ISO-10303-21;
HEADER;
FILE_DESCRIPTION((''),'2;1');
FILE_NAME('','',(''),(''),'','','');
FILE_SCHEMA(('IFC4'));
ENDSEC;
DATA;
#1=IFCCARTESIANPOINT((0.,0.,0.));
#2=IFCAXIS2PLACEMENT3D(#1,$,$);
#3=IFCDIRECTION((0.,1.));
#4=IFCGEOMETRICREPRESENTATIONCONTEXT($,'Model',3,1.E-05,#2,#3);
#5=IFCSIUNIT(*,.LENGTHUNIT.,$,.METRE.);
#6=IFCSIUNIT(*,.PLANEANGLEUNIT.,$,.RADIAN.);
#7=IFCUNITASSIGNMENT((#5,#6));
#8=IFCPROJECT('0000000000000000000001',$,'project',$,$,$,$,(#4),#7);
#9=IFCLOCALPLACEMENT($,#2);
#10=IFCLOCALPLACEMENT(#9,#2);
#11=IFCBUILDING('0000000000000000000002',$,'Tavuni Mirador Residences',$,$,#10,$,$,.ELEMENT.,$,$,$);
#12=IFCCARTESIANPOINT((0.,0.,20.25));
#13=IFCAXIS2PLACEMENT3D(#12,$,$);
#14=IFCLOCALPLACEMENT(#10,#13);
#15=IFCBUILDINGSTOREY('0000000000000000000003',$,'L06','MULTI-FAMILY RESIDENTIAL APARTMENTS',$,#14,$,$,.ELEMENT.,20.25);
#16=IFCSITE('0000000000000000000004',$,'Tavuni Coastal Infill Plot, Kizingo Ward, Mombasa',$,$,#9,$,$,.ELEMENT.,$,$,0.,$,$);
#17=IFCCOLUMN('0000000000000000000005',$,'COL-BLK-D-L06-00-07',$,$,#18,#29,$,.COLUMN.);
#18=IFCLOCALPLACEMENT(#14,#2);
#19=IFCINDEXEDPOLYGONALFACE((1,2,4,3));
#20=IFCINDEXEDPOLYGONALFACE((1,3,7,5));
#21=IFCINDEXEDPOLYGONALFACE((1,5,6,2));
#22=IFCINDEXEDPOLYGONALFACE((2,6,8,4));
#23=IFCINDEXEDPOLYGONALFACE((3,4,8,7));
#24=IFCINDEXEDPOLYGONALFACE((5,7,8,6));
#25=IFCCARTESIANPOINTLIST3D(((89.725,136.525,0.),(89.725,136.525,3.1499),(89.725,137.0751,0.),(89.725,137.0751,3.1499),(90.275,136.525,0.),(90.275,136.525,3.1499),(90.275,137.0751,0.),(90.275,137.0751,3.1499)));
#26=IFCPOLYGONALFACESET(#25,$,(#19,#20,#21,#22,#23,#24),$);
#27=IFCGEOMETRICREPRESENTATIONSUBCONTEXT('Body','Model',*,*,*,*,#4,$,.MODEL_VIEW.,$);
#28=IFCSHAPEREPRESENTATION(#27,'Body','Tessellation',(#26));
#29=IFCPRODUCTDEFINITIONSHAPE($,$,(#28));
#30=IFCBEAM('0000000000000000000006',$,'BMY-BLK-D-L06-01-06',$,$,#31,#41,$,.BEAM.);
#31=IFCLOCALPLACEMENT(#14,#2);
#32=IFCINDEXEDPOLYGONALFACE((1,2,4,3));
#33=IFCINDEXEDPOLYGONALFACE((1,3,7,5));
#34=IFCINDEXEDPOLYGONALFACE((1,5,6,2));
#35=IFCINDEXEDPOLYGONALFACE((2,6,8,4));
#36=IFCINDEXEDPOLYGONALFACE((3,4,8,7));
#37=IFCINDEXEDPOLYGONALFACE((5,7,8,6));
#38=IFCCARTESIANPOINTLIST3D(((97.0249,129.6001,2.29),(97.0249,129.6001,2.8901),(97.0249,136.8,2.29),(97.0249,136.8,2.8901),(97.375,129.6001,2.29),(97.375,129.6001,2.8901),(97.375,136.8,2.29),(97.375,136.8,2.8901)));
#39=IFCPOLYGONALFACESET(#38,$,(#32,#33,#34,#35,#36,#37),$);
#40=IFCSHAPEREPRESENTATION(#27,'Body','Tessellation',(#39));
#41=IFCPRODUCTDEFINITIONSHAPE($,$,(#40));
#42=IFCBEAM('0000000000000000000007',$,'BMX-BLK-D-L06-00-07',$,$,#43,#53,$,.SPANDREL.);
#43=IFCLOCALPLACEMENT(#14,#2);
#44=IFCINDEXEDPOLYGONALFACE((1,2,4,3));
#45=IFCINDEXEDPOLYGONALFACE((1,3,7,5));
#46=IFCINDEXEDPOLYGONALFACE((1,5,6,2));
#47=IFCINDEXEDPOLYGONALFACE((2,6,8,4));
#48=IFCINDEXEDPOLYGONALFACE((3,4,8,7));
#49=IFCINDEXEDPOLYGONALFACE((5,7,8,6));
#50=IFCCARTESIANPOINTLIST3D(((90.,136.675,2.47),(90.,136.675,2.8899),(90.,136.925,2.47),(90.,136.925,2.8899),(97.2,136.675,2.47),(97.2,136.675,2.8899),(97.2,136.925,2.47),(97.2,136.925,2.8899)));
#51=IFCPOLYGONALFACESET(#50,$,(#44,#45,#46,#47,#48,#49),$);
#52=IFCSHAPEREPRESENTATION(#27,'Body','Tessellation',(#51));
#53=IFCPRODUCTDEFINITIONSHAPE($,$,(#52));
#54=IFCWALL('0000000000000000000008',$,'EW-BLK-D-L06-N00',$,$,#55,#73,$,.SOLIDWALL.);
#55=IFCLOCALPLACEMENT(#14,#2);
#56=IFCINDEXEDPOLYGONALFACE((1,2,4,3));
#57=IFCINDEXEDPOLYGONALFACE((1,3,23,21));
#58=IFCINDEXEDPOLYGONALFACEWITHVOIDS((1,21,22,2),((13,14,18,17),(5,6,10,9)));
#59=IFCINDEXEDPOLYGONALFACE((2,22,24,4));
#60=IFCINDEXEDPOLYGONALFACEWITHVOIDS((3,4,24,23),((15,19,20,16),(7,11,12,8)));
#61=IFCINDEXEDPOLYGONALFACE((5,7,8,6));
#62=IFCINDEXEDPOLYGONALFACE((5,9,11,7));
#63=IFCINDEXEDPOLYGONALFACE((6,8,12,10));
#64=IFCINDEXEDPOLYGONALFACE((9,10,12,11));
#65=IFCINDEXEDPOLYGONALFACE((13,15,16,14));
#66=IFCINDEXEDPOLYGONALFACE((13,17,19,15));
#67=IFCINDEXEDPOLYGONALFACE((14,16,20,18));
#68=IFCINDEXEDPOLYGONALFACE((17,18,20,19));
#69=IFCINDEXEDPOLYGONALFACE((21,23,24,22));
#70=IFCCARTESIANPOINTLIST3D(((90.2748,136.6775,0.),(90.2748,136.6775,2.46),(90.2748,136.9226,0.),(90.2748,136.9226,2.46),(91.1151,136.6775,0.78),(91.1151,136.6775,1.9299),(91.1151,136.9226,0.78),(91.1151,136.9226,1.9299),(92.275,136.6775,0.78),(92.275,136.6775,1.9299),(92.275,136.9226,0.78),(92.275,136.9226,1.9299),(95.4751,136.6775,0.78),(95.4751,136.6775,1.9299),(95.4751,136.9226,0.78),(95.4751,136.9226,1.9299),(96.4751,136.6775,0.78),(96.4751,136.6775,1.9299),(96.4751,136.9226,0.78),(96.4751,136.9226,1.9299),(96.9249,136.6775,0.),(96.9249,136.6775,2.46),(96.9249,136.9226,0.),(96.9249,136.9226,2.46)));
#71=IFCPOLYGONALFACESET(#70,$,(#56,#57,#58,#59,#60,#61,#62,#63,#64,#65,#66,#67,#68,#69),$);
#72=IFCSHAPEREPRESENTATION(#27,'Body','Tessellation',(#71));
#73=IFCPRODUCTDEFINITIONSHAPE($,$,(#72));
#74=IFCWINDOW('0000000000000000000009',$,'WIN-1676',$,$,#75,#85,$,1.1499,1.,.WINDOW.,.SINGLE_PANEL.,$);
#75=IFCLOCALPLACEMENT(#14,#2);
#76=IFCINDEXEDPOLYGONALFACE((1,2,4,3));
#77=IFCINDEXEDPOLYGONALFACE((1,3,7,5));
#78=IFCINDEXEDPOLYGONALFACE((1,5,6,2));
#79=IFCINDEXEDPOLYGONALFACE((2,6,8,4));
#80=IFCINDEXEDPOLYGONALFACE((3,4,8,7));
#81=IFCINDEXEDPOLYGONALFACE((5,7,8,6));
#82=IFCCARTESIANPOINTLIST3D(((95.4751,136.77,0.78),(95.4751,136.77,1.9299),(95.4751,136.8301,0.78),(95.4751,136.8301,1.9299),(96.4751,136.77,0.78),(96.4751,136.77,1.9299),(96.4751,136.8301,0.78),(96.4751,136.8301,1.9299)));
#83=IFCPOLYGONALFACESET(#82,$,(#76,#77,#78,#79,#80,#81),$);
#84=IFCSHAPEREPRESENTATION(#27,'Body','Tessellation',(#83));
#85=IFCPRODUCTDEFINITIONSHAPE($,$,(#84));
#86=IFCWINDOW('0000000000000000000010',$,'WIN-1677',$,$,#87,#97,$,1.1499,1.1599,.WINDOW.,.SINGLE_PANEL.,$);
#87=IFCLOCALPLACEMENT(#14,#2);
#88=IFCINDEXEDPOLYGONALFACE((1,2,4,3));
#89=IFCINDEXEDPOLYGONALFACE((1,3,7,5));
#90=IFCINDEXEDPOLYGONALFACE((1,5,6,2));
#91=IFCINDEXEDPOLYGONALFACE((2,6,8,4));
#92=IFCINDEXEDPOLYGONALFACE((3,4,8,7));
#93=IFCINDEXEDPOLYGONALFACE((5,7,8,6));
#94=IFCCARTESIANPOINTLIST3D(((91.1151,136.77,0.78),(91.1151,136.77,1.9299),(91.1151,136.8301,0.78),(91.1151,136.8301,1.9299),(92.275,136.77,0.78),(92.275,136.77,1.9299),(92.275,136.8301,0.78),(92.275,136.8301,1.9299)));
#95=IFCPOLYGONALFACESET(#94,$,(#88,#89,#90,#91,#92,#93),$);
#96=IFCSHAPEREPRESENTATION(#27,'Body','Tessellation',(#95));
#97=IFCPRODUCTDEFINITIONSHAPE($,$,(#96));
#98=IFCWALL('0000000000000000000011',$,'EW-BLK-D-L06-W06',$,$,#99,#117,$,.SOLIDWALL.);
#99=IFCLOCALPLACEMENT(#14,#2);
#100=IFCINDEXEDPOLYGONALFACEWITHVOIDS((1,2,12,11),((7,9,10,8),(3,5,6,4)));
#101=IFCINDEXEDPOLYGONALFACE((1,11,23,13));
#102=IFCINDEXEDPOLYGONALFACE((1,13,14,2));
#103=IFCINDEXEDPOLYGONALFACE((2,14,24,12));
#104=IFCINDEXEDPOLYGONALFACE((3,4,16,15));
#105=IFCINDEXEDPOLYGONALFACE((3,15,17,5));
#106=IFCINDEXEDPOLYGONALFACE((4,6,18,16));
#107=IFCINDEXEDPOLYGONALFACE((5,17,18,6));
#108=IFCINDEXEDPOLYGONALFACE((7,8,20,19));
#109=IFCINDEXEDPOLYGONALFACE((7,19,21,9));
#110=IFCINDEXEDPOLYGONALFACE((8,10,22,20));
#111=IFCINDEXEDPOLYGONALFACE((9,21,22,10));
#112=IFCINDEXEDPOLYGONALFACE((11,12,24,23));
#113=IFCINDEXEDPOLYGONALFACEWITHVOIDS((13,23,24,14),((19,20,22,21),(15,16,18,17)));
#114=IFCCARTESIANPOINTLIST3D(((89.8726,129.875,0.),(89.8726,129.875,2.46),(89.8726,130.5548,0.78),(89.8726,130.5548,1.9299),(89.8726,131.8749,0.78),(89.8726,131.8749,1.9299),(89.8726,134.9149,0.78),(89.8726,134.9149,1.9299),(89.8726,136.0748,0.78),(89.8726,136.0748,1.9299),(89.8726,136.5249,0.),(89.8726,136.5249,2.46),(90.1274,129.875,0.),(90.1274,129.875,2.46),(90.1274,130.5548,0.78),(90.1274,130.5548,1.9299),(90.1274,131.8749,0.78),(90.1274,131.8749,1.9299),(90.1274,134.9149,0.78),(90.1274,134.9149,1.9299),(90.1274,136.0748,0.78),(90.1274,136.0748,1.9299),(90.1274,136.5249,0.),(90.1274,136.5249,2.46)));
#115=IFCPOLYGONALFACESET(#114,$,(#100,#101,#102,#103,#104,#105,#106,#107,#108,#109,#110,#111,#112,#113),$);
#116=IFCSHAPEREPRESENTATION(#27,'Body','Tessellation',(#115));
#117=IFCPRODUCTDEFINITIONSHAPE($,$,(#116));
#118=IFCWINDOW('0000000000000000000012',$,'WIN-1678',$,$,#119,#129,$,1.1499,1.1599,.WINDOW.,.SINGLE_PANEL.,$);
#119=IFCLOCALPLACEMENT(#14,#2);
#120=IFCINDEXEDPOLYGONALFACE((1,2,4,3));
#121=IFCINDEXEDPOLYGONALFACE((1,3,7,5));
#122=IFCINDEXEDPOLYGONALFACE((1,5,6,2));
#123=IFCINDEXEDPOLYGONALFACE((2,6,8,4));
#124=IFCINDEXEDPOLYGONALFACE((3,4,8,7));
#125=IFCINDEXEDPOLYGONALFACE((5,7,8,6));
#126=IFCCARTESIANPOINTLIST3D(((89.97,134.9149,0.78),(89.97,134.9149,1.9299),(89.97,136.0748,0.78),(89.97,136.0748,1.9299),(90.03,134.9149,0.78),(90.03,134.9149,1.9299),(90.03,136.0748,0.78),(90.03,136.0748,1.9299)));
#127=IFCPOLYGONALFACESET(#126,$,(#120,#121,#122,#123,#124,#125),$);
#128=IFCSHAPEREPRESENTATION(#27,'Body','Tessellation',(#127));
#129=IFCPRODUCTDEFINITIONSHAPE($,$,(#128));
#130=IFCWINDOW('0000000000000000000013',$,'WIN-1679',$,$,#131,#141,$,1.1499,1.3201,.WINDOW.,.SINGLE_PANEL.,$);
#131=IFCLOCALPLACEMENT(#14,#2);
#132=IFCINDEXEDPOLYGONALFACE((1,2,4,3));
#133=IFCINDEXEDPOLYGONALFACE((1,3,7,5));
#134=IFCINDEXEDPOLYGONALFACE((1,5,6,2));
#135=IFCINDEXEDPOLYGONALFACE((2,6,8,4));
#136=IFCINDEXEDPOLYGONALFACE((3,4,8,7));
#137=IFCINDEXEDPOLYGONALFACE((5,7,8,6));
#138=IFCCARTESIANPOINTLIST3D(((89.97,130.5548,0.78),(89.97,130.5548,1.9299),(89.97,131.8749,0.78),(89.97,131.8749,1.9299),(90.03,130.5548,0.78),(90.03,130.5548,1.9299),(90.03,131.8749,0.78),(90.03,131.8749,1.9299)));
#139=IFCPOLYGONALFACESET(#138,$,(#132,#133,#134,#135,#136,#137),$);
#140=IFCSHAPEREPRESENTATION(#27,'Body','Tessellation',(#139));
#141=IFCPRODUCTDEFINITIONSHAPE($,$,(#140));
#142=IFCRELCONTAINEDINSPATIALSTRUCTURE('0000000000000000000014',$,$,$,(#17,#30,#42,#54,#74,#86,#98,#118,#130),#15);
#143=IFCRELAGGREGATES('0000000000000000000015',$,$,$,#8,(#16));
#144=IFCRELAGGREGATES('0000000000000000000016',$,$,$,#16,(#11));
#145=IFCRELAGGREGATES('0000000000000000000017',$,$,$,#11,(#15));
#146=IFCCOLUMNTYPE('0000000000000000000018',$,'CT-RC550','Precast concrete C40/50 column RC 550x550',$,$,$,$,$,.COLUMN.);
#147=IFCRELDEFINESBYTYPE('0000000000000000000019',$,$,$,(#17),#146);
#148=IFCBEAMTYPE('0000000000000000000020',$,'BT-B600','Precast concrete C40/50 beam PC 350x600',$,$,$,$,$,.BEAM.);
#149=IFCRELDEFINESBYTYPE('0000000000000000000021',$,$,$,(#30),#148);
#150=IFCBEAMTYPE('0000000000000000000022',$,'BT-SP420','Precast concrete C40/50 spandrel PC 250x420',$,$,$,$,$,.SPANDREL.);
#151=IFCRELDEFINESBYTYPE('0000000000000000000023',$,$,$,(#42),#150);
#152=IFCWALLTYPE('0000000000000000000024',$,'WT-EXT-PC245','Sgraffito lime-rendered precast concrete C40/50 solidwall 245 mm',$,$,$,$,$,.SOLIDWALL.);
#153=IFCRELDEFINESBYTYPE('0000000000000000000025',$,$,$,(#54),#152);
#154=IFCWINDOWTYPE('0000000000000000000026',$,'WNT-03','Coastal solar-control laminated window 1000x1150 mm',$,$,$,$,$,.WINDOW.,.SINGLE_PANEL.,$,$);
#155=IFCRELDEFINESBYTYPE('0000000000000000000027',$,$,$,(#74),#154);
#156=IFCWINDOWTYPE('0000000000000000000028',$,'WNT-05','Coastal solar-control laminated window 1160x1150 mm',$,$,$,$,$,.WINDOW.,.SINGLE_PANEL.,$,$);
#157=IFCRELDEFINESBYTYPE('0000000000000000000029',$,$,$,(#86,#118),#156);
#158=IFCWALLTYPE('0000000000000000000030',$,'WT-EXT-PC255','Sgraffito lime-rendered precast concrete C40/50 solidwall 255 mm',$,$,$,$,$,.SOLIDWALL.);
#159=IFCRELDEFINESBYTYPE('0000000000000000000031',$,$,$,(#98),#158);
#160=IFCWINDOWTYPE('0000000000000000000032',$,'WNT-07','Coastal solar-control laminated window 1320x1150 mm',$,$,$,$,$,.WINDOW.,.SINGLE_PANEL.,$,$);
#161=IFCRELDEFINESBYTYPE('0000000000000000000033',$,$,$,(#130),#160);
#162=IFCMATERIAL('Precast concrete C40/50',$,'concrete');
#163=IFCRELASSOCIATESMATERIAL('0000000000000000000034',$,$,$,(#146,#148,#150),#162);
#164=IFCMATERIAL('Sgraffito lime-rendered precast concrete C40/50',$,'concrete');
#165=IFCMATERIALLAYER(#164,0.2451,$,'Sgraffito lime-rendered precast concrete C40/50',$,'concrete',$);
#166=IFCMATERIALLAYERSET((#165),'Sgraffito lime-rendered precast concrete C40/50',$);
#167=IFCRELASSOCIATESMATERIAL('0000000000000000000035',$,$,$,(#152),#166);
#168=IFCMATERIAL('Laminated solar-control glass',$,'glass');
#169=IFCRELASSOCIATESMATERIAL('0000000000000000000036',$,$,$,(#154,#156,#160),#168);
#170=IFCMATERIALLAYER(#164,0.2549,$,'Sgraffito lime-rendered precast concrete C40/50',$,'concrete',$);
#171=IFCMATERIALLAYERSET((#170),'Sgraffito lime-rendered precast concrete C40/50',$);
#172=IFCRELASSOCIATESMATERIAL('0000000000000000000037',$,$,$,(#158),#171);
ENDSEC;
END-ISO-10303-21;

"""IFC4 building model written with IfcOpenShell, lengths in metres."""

from ifc_helpers import new_model, si_unit, direction, frame, frame_2d, origin, origin_2d, place, context, subcontext, project, spatial, rectangle, extrude, material, layer, layer_set, material_profile, profile_set, type_object, element, fill, save


model = new_model("IFC4")

# Units and contexts
model_context = context("Model", 3, precision=1e-05, world=origin(), true_north=direction((0.0, 1.0)))
body_context = subcontext(model_context, "Body", "Model", "MODEL_VIEW")
ifc_project = project(units=[si_unit("LENGTHUNIT", "METRE"), si_unit("PLANEANGLEUNIT", "RADIAN")], contexts=[model_context])

# Site, building, storey
site_placement = place(None, origin())
site = spatial("IfcSite", under=ifc_project, at=site_placement, Name="Tavuni Coastal Infill Plot, Kizingo Ward, Mombasa", CompositionType="ELEMENT", RefElevation=0.0)
building_placement = place(site_placement, origin())
building = spatial("IfcBuilding", under=site, at=building_placement, Name="Tavuni Mirador Residences", CompositionType="ELEMENT")
storey_placement = place(building_placement, frame((0.0, 0.0, 20.25)))
storey = spatial("IfcBuildingStorey", under=building, at=storey_placement, Name="L06", Description="MULTI-FAMILY RESIDENTIAL APARTMENTS", CompositionType="ELEMENT", Elevation=20.25)

# Column
ifc_material_1 = material(Name="Precast concrete C40/50", Category="concrete")
ifc_material_profile_1 = material_profile(ifc_material_1, rectangle(XDim=0.55, YDim=0.55, at=origin_2d()), Name="RC 550x550", Category="concrete")
ifc_profile_set_1 = profile_set([ifc_material_profile_1], Name="Precast concrete C40/50")
column_type = type_object("IfcColumnType", Name="CT-RC550", Description="Precast concrete C40/50 column RC 550x550", PredefinedType="COLUMN", material=ifc_profile_set_1)
column_placement = place(storey_placement, frame((90.0, 136.8, 0.0), z_axis=(0.0, 0.0, 1.0), x_axis=(1.0, 0.0, 0.0)))
element("IfcColumn", 1, at=column_placement, inside=storey, type_object=column_type, Name="COL-BLK-D-L06-00-07", PredefinedType="COLUMN", context=body_context, shape_type="SweptSolid", body=[
    extrude(rectangle(XDim=0.55, YDim=0.55, at=origin_2d()), origin(), (0.0, 0.0, 1.0), 3.1499),
])

# Beams
ifc_material_profile_2 = material_profile(ifc_material_1, rectangle(XDim=0.3501, YDim=0.6001, at=origin_2d()), Name="PC 350x600", Category="concrete")
ifc_profile_set_2 = profile_set([ifc_material_profile_2], Name="Precast concrete C40/50")
beam_type_1 = type_object("IfcBeamType", Name="BT-B600", Description="Precast concrete C40/50 beam PC 350x600", PredefinedType="BEAM", material=ifc_profile_set_2)
beam_1_placement = place(storey_placement, frame((97.2, 129.6001, 2.5901), z_axis=(0.0, 1.0, 0.0), x_axis=(-1.0, 0.0, 0.0)))
element("IfcBeam", 2, at=beam_1_placement, inside=storey, type_object=beam_type_1, Name="BMY-BLK-D-L06-01-06", PredefinedType="BEAM", context=body_context, shape_type="SweptSolid", body=[
    extrude(rectangle(XDim=0.3501, YDim=0.6001, at=origin_2d()), origin(), (0.0, 0.0, 1.0), 7.2),
])
ifc_material_profile_3 = material_profile(ifc_material_1, rectangle(XDim=0.25, YDim=0.4199, at=origin_2d()), Name="PC 250x420", Category="concrete")
ifc_profile_set_3 = profile_set([ifc_material_profile_3], Name="Precast concrete C40/50")
beam_type_2 = type_object("IfcBeamType", Name="BT-SP420", Description="Precast concrete C40/50 spandrel PC 250x420", PredefinedType="SPANDREL", material=ifc_profile_set_3)
beam_2_placement = place(storey_placement, frame((90.0, 136.8, 2.6799), z_axis=(1.0, 0.0, 0.0), x_axis=(0.0, 1.0, 0.0)))
element("IfcBeam", 3, at=beam_2_placement, inside=storey, type_object=beam_type_2, Name="BMX-BLK-D-L06-00-07", PredefinedType="SPANDREL", context=body_context, shape_type="SweptSolid", body=[
    extrude(rectangle(XDim=0.25, YDim=0.4199, at=origin_2d()), origin(), (0.0, 0.0, 1.0), 7.2),
])

# Walls, openings, windows
ifc_material_2 = material(Name="Sgraffito lime-rendered precast concrete C40/50", Category="concrete")
ifc_layer_1 = layer(ifc_material_2, 0.2451, Name="Sgraffito lime-rendered precast concrete C40/50", Category="concrete")
ifc_layer_set_1 = layer_set([ifc_layer_1], Name="Sgraffito lime-rendered precast concrete C40/50")
wall_type_1 = type_object("IfcWallType", Name="WT-EXT-PC245", Description="Sgraffito lime-rendered precast concrete C40/50 solidwall 245 mm", PredefinedType="SOLIDWALL", material=ifc_layer_set_1)
wall_1_placement = place(storey_placement, frame((96.925, 136.8, 0.0), z_axis=(0.0, 0.0, 1.0), x_axis=(-1.0, 0.0, 0.0)))
wall_1 = element("IfcWall", 4, at=wall_1_placement, inside=storey, type_object=wall_type_1, Name="EW-BLK-D-L06-N00", PredefinedType="SOLIDWALL", context=body_context, shape_type="SweptSolid", body=[
    extrude(rectangle(XDim=6.6501, YDim=0.2451, at=frame_2d((3.3252, 0.0))), origin(), (0.0, 0.0, 1.0), 2.46),
])
opening_1_placement = place(wall_1_placement, frame((0.45, 0.0, 0.78)))
opening_1 = element("IfcOpeningElement", 5, at=opening_1_placement, cuts=wall_1, PredefinedType="OPENING", context=body_context, shape_type="SweptSolid", body=[
    extrude(rectangle(XDim=1.0, YDim=1.1499, at=frame_2d((0.5, 0.575))), frame((0.0, 0.1326, 0.0), z_axis=(0.0, -1.0, 0.0), x_axis=(1.0, 0.0, 0.0)), (0.0, 0.0, 1.0), 0.2651),
])
opening_2_placement = place(wall_1_placement, frame((4.6499, 0.0, 0.78)))
opening_2 = element("IfcOpeningElement", 6, at=opening_2_placement, cuts=wall_1, PredefinedType="OPENING", context=body_context, shape_type="SweptSolid", body=[
    extrude(rectangle(XDim=1.1599, YDim=1.1499, at=frame_2d((0.5801, 0.575))), frame((0.0, 0.1326, 0.0), z_axis=(0.0, -1.0, 0.0), x_axis=(1.0, 0.0, 0.0)), (0.0, 0.0, 1.0), 0.2651),
])
ifc_material_3 = material(Name="Laminated solar-control glass", Category="glass")
window_type_1 = type_object("IfcWindowType", Name="WNT-03", Description="Coastal solar-control laminated window 1000x1150 mm", PartitioningType="SINGLE_PANEL", PredefinedType="WINDOW", material=ifc_material_3)
window_1_placement = place(opening_1_placement, origin())
window_1 = element("IfcWindow", 7, at=window_1_placement, inside=storey, type_object=window_type_1, Name="WIN-1676", OverallHeight=1.1499, OverallWidth=1.0, PartitioningType="SINGLE_PANEL", PredefinedType="WINDOW", context=body_context, shape_type="SweptSolid", body=[
    extrude(rectangle(XDim=1.0, YDim=1.1499, at=frame_2d((0.5, 0.575))), frame((0.0, 0.03, 0.0), z_axis=(0.0, -1.0, 0.0), x_axis=(1.0, 0.0, 0.0)), (0.0, 0.0, 1.0), 0.0601),
])
fill(opening_1, window_1)
window_type_2 = type_object("IfcWindowType", Name="WNT-05", Description="Coastal solar-control laminated window 1160x1150 mm", PartitioningType="SINGLE_PANEL", PredefinedType="WINDOW", material=ifc_material_3)
window_2_placement = place(opening_2_placement, origin())
window_2 = element("IfcWindow", 8, at=window_2_placement, inside=storey, type_object=window_type_2, Name="WIN-1677", OverallHeight=1.1499, OverallWidth=1.1599, PartitioningType="SINGLE_PANEL", PredefinedType="WINDOW", context=body_context, shape_type="SweptSolid", body=[
    extrude(rectangle(XDim=1.1599, YDim=1.1499, at=frame_2d((0.5801, 0.575))), frame((0.0, 0.03, 0.0), z_axis=(0.0, -1.0, 0.0), x_axis=(1.0, 0.0, 0.0)), (0.0, 0.0, 1.0), 0.0601),
])
fill(opening_2, window_2)
ifc_layer_2 = layer(ifc_material_2, 0.2549, Name="Sgraffito lime-rendered precast concrete C40/50", Category="concrete")
ifc_layer_set_2 = layer_set([ifc_layer_2], Name="Sgraffito lime-rendered precast concrete C40/50")
wall_type_2 = type_object("IfcWallType", Name="WT-EXT-PC255", Description="Sgraffito lime-rendered precast concrete C40/50 solidwall 255 mm", PredefinedType="SOLIDWALL", material=ifc_layer_set_2)
wall_2_placement = place(storey_placement, frame((90.0, 136.5249, 0.0), z_axis=(0.0, 0.0, 1.0), x_axis=(0.0, -1.0, 0.0)))
wall_2 = element("IfcWall", 9, at=wall_2_placement, inside=storey, type_object=wall_type_2, Name="EW-BLK-D-L06-W06", PredefinedType="SOLIDWALL", context=body_context, shape_type="SweptSolid", body=[
    extrude(rectangle(XDim=6.6499, YDim=0.2549, at=frame_2d((3.325, 0.0))), origin(), (0.0, 0.0, 1.0), 2.46),
])
opening_3_placement = place(wall_2_placement, frame((0.45, 0.0, 0.78)))
opening_3 = element("IfcOpeningElement", 10, at=opening_3_placement, cuts=wall_2, PredefinedType="OPENING", context=body_context, shape_type="SweptSolid", body=[
    extrude(rectangle(XDim=1.1599, YDim=1.1499, at=frame_2d((0.5801, 0.575))), frame((0.0, 0.1375, 0.0), z_axis=(0.0, -1.0, 0.0), x_axis=(1.0, 0.0, 0.0)), (0.0, 0.0, 1.0), 0.2749),
])
opening_4_placement = place(wall_2_placement, frame((4.6499, 0.0, 0.78)))
opening_4 = element("IfcOpeningElement", 11, at=opening_4_placement, cuts=wall_2, PredefinedType="OPENING", context=body_context, shape_type="SweptSolid", body=[
    extrude(rectangle(XDim=1.3201, YDim=1.1499, at=frame_2d((0.6602, 0.575))), frame((0.0, 0.1375, 0.0), z_axis=(0.0, -1.0, 0.0), x_axis=(1.0, 0.0, 0.0)), (0.0, 0.0, 1.0), 0.2749),
])
window_3_placement = place(opening_3_placement, origin())
window_3 = element("IfcWindow", 12, at=window_3_placement, inside=storey, type_object=window_type_2, Name="WIN-1678", OverallHeight=1.1499, OverallWidth=1.1599, PartitioningType="SINGLE_PANEL", PredefinedType="WINDOW", context=body_context, shape_type="SweptSolid", body=[
    extrude(rectangle(XDim=1.1599, YDim=1.1499, at=frame_2d((0.5801, 0.575))), frame((0.0, 0.03, 0.0), z_axis=(0.0, -1.0, 0.0), x_axis=(1.0, 0.0, 0.0)), (0.0, 0.0, 1.0), 0.0601),
])
fill(opening_3, window_3)
window_type_3 = type_object("IfcWindowType", Name="WNT-07", Description="Coastal solar-control laminated window 1320x1150 mm", PartitioningType="SINGLE_PANEL", PredefinedType="WINDOW", material=ifc_material_3)
window_4_placement = place(opening_4_placement, origin())
window_4 = element("IfcWindow", 13, at=window_4_placement, inside=storey, type_object=window_type_3, Name="WIN-1679", OverallHeight=1.1499, OverallWidth=1.3201, PartitioningType="SINGLE_PANEL", PredefinedType="WINDOW", context=body_context, shape_type="SweptSolid", body=[
    extrude(rectangle(XDim=1.3201, YDim=1.1499, at=frame_2d((0.6602, 0.575))), frame((0.0, 0.03, 0.0), z_axis=(0.0, -1.0, 0.0), x_axis=(1.0, 0.0, 0.0)), (0.0, 0.0, 1.0), 0.0601),
])
fill(opening_4, window_4)

save(model, "model.ifc")
